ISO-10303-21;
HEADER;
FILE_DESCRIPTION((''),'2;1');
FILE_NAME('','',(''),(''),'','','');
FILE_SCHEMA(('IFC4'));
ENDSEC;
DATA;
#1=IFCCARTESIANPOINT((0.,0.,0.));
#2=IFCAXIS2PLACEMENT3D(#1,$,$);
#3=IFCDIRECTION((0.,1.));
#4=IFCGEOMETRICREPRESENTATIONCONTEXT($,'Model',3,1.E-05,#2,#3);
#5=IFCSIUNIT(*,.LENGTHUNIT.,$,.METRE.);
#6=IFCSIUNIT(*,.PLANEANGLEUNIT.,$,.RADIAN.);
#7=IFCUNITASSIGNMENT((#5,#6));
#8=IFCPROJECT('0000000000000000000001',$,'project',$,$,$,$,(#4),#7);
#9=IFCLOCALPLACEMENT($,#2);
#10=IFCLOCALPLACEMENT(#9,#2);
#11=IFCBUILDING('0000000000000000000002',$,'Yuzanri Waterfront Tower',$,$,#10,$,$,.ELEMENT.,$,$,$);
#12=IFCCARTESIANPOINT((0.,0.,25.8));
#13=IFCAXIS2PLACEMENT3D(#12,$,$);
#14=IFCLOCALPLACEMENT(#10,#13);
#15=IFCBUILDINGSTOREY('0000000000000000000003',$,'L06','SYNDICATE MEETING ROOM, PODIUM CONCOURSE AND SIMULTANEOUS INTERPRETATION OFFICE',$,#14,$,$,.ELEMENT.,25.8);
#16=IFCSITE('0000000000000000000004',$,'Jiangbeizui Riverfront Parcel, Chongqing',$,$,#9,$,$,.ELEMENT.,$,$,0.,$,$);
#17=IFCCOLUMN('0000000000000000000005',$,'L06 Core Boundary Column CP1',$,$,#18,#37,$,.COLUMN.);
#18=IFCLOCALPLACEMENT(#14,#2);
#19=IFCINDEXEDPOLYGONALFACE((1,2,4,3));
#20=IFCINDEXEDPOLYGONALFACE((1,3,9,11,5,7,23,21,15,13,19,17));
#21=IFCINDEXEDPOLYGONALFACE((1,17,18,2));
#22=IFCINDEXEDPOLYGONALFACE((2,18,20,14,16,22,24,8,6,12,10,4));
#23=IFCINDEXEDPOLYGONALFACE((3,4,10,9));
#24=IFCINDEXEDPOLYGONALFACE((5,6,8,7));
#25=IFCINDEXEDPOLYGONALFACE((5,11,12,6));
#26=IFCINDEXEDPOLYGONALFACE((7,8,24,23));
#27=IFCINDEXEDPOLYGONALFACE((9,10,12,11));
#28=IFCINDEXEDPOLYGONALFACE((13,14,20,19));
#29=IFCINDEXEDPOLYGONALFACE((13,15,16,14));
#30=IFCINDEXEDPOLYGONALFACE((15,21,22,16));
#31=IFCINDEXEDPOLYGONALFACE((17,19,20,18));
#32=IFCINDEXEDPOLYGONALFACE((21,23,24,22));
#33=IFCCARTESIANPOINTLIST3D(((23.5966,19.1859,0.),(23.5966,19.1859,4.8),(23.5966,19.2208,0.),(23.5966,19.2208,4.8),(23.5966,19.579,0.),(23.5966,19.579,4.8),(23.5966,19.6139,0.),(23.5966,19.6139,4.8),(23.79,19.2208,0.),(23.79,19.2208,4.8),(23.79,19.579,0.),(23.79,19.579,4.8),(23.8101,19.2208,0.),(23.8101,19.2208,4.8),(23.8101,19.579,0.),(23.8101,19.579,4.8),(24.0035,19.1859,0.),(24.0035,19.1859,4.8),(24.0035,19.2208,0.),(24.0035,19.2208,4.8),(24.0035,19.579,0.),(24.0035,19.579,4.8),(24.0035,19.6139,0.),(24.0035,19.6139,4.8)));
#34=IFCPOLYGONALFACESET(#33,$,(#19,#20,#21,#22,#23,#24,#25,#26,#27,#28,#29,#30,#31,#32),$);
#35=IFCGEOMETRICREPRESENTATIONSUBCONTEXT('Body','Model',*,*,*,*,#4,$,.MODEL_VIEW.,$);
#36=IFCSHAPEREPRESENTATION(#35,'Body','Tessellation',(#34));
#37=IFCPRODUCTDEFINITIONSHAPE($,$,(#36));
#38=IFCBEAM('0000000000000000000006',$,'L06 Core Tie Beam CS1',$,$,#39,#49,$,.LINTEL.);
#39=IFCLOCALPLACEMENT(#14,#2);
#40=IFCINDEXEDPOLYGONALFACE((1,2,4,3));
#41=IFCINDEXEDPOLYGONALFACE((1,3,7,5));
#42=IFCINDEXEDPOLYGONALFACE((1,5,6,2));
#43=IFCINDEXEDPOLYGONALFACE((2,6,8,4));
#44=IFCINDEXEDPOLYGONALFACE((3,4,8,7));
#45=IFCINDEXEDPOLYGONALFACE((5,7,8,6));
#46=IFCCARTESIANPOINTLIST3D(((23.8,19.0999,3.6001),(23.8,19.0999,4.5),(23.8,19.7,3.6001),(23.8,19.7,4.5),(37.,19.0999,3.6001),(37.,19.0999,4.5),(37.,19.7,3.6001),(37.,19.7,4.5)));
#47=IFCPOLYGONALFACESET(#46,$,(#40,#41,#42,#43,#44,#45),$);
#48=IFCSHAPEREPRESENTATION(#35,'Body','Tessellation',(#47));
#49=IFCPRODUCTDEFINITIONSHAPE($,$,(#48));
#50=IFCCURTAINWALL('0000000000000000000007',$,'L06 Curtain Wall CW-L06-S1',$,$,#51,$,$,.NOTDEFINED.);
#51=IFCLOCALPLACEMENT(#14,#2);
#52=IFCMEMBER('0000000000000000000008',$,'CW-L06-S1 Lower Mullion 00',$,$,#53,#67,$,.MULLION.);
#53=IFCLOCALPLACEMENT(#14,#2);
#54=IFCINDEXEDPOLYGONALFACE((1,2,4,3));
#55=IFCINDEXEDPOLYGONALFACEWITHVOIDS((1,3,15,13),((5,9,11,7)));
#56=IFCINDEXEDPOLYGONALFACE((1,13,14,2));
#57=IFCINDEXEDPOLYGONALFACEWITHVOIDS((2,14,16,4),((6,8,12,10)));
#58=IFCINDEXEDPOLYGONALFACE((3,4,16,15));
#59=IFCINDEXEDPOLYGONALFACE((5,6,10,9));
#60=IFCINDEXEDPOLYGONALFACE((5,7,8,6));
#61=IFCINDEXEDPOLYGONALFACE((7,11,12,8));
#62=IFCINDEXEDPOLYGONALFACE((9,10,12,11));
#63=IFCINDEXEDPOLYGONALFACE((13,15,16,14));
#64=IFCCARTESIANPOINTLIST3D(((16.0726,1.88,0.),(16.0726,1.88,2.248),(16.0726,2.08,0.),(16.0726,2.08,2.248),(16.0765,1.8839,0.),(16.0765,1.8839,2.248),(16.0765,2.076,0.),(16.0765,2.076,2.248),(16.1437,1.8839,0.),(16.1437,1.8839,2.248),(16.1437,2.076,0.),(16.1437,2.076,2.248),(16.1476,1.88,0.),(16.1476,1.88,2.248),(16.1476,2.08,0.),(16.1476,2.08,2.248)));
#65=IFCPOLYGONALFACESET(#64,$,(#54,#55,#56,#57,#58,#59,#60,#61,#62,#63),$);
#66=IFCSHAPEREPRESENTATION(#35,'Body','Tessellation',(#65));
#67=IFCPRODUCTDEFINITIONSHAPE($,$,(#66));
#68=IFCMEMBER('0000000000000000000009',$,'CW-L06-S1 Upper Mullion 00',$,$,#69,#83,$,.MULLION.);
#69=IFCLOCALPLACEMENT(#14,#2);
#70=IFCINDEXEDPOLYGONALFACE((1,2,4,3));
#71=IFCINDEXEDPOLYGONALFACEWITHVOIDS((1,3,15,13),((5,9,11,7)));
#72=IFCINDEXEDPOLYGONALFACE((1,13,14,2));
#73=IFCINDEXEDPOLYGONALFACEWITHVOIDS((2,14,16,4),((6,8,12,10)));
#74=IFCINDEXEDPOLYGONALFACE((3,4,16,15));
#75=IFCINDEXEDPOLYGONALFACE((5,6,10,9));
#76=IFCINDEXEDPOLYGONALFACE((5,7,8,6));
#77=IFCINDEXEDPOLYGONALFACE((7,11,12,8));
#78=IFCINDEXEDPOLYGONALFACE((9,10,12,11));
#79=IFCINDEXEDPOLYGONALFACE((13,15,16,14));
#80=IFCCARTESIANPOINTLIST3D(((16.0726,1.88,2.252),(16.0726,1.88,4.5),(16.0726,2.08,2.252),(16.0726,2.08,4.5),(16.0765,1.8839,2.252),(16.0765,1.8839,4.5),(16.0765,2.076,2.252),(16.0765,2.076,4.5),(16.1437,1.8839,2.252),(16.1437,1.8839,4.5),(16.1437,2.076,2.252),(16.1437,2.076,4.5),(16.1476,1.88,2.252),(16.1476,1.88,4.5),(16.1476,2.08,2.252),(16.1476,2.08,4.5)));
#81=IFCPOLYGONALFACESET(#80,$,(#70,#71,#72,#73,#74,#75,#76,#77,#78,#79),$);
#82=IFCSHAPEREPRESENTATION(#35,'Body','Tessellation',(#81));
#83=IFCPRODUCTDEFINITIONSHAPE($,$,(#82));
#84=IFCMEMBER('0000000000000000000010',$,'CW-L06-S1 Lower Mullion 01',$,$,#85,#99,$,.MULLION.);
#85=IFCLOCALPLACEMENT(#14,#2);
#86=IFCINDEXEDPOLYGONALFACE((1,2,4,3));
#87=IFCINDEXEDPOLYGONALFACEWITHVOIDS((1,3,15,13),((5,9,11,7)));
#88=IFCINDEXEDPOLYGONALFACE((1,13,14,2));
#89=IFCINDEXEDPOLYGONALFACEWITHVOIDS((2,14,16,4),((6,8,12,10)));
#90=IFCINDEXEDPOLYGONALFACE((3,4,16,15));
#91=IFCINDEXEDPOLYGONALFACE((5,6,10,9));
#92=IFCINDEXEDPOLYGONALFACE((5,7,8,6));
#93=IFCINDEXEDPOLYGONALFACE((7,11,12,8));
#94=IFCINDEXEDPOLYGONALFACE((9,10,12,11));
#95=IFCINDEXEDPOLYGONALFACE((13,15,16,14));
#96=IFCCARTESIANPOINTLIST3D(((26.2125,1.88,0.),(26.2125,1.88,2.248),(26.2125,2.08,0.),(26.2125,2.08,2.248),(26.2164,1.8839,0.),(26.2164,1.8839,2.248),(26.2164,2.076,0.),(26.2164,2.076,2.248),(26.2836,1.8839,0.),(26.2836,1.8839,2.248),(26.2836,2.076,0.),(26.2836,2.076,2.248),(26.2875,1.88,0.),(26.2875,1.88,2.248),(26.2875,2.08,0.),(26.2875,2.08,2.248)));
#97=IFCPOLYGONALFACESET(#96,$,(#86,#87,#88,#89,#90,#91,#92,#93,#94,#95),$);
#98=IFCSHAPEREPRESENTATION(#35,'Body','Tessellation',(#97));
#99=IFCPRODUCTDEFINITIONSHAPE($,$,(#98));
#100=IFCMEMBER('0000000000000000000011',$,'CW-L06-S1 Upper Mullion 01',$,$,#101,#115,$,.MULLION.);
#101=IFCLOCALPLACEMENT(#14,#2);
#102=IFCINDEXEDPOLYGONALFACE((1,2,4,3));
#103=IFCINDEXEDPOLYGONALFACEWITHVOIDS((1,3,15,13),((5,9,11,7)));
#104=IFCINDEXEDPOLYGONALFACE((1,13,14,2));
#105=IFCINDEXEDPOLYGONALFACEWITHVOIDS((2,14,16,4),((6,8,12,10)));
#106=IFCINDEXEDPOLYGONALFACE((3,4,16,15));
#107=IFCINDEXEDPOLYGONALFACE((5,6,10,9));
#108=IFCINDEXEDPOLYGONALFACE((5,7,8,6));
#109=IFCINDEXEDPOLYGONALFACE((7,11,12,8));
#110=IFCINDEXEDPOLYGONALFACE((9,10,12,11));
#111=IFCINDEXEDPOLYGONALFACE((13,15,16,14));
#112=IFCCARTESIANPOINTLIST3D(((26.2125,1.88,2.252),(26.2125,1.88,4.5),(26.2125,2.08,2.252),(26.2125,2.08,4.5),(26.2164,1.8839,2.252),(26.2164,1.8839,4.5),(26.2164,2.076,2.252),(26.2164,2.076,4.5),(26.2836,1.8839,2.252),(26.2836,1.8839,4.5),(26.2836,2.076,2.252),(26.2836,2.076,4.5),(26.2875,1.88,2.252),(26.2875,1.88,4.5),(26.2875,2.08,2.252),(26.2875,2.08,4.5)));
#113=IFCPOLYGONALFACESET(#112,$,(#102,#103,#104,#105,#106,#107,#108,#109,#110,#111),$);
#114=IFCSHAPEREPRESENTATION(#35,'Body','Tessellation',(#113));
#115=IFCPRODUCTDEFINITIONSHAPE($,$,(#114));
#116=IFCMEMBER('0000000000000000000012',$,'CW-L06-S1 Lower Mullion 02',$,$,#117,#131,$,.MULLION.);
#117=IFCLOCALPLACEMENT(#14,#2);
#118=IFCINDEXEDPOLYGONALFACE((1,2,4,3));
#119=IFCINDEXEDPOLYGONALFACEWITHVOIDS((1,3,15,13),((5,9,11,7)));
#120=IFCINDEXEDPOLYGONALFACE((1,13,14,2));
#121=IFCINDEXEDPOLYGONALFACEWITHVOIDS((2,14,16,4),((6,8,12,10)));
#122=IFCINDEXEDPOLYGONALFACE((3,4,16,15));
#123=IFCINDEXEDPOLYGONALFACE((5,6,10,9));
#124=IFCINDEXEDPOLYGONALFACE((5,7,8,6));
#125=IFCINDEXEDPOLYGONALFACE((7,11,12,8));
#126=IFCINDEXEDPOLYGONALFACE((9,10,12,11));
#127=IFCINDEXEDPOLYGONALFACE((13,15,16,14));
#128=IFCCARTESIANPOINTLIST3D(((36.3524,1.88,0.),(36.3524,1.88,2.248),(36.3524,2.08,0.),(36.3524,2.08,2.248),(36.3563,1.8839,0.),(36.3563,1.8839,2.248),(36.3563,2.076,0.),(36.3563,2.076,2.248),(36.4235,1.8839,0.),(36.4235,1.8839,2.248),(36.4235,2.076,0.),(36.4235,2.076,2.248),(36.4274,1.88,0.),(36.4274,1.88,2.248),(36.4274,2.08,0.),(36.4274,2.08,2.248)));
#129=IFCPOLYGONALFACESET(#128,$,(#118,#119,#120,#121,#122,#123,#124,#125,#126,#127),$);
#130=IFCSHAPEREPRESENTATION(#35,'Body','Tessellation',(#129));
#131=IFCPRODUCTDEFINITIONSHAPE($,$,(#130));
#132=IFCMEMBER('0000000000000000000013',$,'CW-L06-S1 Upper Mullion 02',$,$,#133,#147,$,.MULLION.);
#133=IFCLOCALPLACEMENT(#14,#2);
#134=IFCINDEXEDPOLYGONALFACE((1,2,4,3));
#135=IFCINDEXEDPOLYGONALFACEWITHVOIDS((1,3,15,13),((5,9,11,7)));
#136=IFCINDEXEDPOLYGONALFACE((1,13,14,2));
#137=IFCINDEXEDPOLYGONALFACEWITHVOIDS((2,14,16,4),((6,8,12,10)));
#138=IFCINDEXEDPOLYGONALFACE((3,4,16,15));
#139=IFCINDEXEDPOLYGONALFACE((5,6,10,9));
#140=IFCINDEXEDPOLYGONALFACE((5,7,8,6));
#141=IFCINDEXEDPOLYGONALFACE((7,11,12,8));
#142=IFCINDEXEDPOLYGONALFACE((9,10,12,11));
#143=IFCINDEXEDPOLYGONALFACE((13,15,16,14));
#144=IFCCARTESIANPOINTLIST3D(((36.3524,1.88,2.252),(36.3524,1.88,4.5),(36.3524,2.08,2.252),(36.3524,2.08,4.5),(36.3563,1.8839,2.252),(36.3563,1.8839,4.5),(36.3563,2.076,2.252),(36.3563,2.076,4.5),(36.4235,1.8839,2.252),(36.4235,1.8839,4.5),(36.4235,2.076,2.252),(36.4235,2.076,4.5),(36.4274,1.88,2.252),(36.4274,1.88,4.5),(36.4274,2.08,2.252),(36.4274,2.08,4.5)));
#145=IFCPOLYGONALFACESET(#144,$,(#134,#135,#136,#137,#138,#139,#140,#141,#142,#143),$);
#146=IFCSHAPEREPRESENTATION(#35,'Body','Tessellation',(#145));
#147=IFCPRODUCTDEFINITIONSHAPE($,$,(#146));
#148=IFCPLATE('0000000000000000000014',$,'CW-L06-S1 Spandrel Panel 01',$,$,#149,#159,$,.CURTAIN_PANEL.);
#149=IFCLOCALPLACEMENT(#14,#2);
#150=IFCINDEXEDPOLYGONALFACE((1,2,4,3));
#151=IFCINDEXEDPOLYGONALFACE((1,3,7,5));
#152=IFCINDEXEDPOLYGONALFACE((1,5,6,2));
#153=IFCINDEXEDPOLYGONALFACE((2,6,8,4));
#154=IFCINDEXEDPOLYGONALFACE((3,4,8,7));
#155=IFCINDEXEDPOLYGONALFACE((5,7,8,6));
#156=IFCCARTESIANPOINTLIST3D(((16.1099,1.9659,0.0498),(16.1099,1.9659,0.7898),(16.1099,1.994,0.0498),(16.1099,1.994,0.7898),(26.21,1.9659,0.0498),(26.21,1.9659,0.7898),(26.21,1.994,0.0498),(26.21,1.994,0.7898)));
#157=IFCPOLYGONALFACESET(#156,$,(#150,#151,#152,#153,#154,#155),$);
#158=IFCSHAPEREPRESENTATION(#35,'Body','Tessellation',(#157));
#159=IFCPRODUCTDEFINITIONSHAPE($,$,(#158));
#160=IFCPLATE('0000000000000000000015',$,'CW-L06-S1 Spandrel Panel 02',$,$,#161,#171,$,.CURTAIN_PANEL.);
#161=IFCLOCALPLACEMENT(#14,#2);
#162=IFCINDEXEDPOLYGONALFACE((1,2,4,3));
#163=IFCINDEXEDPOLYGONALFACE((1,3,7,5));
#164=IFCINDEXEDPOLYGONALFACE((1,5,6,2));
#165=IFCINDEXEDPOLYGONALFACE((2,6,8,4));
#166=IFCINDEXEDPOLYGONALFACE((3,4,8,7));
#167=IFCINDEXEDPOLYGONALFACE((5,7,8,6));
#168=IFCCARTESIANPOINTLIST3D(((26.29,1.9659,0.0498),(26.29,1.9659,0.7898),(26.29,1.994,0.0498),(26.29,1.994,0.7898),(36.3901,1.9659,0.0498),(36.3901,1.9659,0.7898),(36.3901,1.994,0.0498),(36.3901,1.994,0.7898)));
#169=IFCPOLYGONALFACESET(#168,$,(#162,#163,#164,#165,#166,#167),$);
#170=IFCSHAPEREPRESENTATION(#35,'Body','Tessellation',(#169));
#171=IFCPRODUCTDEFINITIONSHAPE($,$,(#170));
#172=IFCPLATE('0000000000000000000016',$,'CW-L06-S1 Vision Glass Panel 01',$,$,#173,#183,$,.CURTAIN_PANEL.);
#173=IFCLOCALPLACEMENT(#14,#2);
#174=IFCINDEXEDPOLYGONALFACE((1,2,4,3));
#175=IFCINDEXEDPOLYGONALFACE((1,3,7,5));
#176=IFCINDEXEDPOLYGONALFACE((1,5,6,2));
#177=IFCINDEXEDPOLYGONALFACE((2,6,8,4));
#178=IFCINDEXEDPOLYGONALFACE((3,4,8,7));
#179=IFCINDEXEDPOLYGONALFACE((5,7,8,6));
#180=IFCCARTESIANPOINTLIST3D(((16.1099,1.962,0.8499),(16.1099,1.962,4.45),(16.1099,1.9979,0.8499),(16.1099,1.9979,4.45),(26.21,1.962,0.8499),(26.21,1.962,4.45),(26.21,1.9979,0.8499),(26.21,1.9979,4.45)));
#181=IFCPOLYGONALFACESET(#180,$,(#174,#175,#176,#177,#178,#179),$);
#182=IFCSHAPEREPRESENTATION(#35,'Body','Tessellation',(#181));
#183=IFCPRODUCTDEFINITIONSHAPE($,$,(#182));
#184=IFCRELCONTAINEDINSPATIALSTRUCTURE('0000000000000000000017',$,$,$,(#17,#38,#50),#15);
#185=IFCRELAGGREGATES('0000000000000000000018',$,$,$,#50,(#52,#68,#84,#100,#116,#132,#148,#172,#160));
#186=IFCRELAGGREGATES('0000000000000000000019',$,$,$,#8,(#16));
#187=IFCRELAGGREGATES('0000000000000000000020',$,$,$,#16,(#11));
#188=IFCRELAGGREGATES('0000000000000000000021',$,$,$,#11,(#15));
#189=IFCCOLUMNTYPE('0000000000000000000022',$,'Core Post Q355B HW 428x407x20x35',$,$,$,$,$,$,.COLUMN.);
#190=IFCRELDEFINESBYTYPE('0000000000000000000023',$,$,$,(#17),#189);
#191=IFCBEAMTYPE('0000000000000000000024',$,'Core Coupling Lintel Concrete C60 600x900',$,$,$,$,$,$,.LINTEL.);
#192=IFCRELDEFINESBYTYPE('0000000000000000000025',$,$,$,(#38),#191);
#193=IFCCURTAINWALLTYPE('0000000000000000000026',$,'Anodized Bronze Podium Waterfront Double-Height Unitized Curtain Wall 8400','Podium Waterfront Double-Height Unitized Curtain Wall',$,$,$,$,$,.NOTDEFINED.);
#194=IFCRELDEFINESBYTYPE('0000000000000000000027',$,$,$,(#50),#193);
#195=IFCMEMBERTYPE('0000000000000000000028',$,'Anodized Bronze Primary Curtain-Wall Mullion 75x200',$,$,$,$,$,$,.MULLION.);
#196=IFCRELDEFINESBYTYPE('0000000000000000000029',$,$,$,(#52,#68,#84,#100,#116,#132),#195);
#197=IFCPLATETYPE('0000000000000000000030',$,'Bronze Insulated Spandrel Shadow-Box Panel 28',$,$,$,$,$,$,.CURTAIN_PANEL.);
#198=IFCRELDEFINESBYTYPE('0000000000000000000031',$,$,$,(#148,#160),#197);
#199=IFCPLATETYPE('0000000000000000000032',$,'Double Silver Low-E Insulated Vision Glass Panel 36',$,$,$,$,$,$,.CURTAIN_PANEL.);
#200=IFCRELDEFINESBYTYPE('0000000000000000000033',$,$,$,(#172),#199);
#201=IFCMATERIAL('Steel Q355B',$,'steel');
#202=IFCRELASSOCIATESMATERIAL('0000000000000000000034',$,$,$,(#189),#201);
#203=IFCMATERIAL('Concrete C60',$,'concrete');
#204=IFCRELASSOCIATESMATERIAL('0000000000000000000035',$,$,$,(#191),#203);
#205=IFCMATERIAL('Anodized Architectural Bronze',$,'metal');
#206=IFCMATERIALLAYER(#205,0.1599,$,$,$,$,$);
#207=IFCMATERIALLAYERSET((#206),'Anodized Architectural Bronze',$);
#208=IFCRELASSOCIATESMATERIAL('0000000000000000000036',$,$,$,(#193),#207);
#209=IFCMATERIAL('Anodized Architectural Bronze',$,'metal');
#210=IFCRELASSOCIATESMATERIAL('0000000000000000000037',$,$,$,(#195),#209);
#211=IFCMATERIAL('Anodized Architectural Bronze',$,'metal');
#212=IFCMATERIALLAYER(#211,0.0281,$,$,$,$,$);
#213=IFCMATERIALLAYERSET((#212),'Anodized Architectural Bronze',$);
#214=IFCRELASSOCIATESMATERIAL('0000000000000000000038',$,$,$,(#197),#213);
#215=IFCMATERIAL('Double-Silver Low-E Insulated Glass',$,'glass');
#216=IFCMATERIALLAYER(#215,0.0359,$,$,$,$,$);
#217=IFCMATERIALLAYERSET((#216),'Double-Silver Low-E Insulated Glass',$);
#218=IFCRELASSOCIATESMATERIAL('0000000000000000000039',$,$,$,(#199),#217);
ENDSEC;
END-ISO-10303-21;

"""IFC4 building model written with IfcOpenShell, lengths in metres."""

from ifc_helpers import new_model, si_unit, direction, frame, origin, origin_2d, place, context, subcontext, project, spatial, rectangle, hollow_rectangle, i_section, extrude, source, transform, mapped, material, layer, layer_set, material_profile, profile_set, type_object, element, aggregate, save


model = new_model("IFC4")

# Units and contexts
model_context = context("Model", 3, precision=1e-05, world=origin(), true_north=direction((0.0, 1.0)))
body_context = subcontext(model_context, "Body", "Model", "MODEL_VIEW")
ifc_project = project(units=[si_unit("LENGTHUNIT", "METRE"), si_unit("PLANEANGLEUNIT", "RADIAN")], contexts=[model_context])

# Site, building, storey
site_placement = place(None, origin())
site = spatial("IfcSite", under=ifc_project, at=site_placement, Name="Jiangbeizui Riverfront Parcel, Chongqing", CompositionType="ELEMENT", RefElevation=0.0)
building_placement = place(site_placement, origin())
building = spatial("IfcBuilding", under=site, at=building_placement, Name="Yuzanri Waterfront Tower", CompositionType="ELEMENT")
storey_placement = place(building_placement, frame((0.0, 0.0, 25.8)))
storey = spatial("IfcBuildingStorey", under=building, at=storey_placement, Name="L06", Description="SYNDICATE MEETING ROOM, PODIUM CONCOURSE AND SIMULTANEOUS INTERPRETATION OFFICE", CompositionType="ELEMENT", Elevation=25.8)

# Column
ifc_material_1 = material(Name="Steel Q355B", Category="steel")
ifc_material_profile_1 = material_profile(ifc_material_1, i_section(OverallWidth=0.407, OverallDepth=0.428, WebThickness=0.02, FlangeThickness=0.0349, at=origin_2d()), Name="HW 428x407x20x35")
ifc_profile_set_1 = profile_set([ifc_material_profile_1], Name="Steel Q355B")
column_type = type_object("IfcColumnType", Name="Core Post Q355B HW 428x407x20x35", PredefinedType="COLUMN", material=ifc_profile_set_1)
shared_shape_1 = source(origin(), body_context, "Body", "SweptSolid", [
    extrude(i_section(OverallWidth=0.407, OverallDepth=0.428, WebThickness=0.02, FlangeThickness=0.0349, at=origin_2d()), origin(), (0.0, 0.0, 1.0), 4.8),
])
column_placement = place(storey_placement, frame((23.8, 19.3999, 0.0), z_axis=(0.0, 0.0, 1.0), x_axis=(1.0, 0.0, 0.0)))
element("IfcColumn", 1, at=column_placement, inside=storey, type_object=column_type, Name="L06 Core Boundary Column CP1", PredefinedType="COLUMN", context=body_context, shape_type="MappedRepresentation", body=[
    mapped(shared_shape_1, transform((0.0, 0.0, 0.0), scale=1.0)),
])

# Beam
ifc_material_2 = material(Name="Concrete C60", Category="concrete")
ifc_material_profile_2 = material_profile(ifc_material_2, rectangle(XDim=0.6001, YDim=0.8999, at=origin_2d()), Name="RC 600x900")
ifc_profile_set_2 = profile_set([ifc_material_profile_2], Name="Concrete C60")
beam_type = type_object("IfcBeamType", Name="Core Coupling Lintel Concrete C60 600x900", PredefinedType="LINTEL", material=ifc_profile_set_2)
shared_shape_2 = source(origin(), body_context, "Body", "SweptSolid", [
    extrude(rectangle(XDim=0.6001, YDim=0.8999, at=origin_2d()), origin(), (0.0, 0.0, 1.0), 13.2),
])
beam_placement = place(storey_placement, frame((23.8, 19.3999, 4.05), z_axis=(1.0, 0.0, 0.0), x_axis=(0.0, 1.0, 0.0)))
element("IfcBeam", 2, at=beam_placement, inside=storey, type_object=beam_type, Name="L06 Core Tie Beam CS1", PredefinedType="LINTEL", context=body_context, shape_type="MappedRepresentation", body=[
    mapped(shared_shape_2, transform((0.0, 0.0, 0.0), scale=1.0)),
])

# Curtain wall, members, plates
ifc_material_3 = material(Name="Anodized Architectural Bronze", Category="metal")
ifc_layer_1 = layer(ifc_material_3, 0.1599)
ifc_layer_set_1 = layer_set([ifc_layer_1], Name="Anodized Architectural Bronze")
curtain_wall_type = type_object("IfcCurtainWallType", Name="Anodized Bronze Podium Waterfront Double-Height Unitized Curtain Wall 8400", Description="Podium Waterfront Double-Height Unitized Curtain Wall", PredefinedType="NOTDEFINED", material=ifc_layer_set_1)
curtain_wall_placement = place(storey_placement, origin())
curtain_wall = element("IfcCurtainWall", 3, at=curtain_wall_placement, inside=storey, type_object=curtain_wall_type, Name="L06 Curtain Wall CW-L06-S1", PredefinedType="NOTDEFINED")
ifc_material_4 = material(Name="Anodized Architectural Bronze", Category="metal")
ifc_material_profile_3 = material_profile(ifc_material_4, hollow_rectangle(XDim=0.075, YDim=0.2, WallThickness=0.0039, at=origin_2d()), Name="CWM 75x200")
ifc_profile_set_3 = profile_set([ifc_material_profile_3], Name="Anodized Architectural Bronze")
member_type = type_object("IfcMemberType", Name="Anodized Bronze Primary Curtain-Wall Mullion 75x200", PredefinedType="MULLION", material=ifc_profile_set_3)
shared_shape_3 = source(origin(), body_context, "Body", "SweptSolid", [
    extrude(hollow_rectangle(XDim=0.075, YDim=0.2, WallThickness=0.0039, at=origin_2d()), origin(), (0.0, 0.0, 1.0), 2.248),
])
member_1_placement = place(storey_placement, frame((16.1101, 1.98, 0.0), z_axis=(0.0, 0.0, 1.0), x_axis=(1.0, 0.0, 0.0)))
member_1 = element("IfcMember", 4, at=member_1_placement, type_object=member_type, Name="CW-L06-S1 Lower Mullion 00", PredefinedType="MULLION", context=body_context, shape_type="MappedRepresentation", body=[
    mapped(shared_shape_3, transform((0.0, 0.0, 0.0), scale=1.0)),
])
member_2_placement = place(storey_placement, frame((16.1101, 1.98, 2.252), z_axis=(0.0, 0.0, 1.0), x_axis=(1.0, 0.0, 0.0)))
member_2 = element("IfcMember", 5, at=member_2_placement, type_object=member_type, Name="CW-L06-S1 Upper Mullion 00", PredefinedType="MULLION", context=body_context, shape_type="MappedRepresentation", body=[
    mapped(shared_shape_3, transform((0.0, 0.0, 0.0), scale=1.0)),
])
member_3_placement = place(storey_placement, frame((26.25, 1.98, 0.0), z_axis=(0.0, 0.0, 1.0), x_axis=(1.0, 0.0, 0.0)))
member_3 = element("IfcMember", 6, at=member_3_placement, type_object=member_type, Name="CW-L06-S1 Lower Mullion 01", PredefinedType="MULLION", context=body_context, shape_type="MappedRepresentation", body=[
    mapped(shared_shape_3, transform((0.0, 0.0, 0.0), scale=1.0)),
])
member_4_placement = place(storey_placement, frame((26.25, 1.98, 2.252), z_axis=(0.0, 0.0, 1.0), x_axis=(1.0, 0.0, 0.0)))
member_4 = element("IfcMember", 7, at=member_4_placement, type_object=member_type, Name="CW-L06-S1 Upper Mullion 01", PredefinedType="MULLION", context=body_context, shape_type="MappedRepresentation", body=[
    mapped(shared_shape_3, transform((0.0, 0.0, 0.0), scale=1.0)),
])
member_5_placement = place(storey_placement, frame((36.3899, 1.98, 0.0), z_axis=(0.0, 0.0, 1.0), x_axis=(1.0, 0.0, 0.0)))
member_5 = element("IfcMember", 8, at=member_5_placement, type_object=member_type, Name="CW-L06-S1 Lower Mullion 02", PredefinedType="MULLION", context=body_context, shape_type="MappedRepresentation", body=[
    mapped(shared_shape_3, transform((0.0, 0.0, 0.0), scale=1.0)),
])
member_6_placement = place(storey_placement, frame((36.3899, 1.98, 2.252), z_axis=(0.0, 0.0, 1.0), x_axis=(1.0, 0.0, 0.0)))
member_6 = element("IfcMember", 9, at=member_6_placement, type_object=member_type, Name="CW-L06-S1 Upper Mullion 02", PredefinedType="MULLION", context=body_context, shape_type="MappedRepresentation", body=[
    mapped(shared_shape_3, transform((0.0, 0.0, 0.0), scale=1.0)),
])
ifc_material_5 = material(Name="Anodized Architectural Bronze", Category="metal")
ifc_layer_2 = layer(ifc_material_5, 0.0281)
ifc_layer_set_2 = layer_set([ifc_layer_2], Name="Anodized Architectural Bronze")
plate_type_1 = type_object("IfcPlateType", Name="Bronze Insulated Spandrel Shadow-Box Panel 28", PredefinedType="CURTAIN_PANEL", material=ifc_layer_set_2)
shared_shape_4 = source(origin(), body_context, "Body", "SweptSolid", [
    extrude(rectangle(XDim=10.1001, YDim=0.0281, at=origin_2d()), origin(), (0.0, 0.0, 1.0), 0.74),
])
plate_1_placement = place(storey_placement, frame((21.1599, 1.98, 0.0498), z_axis=(0.0, 0.0, 1.0), x_axis=(1.0, 0.0, 0.0)))
plate_1 = element("IfcPlate", 10, at=plate_1_placement, type_object=plate_type_1, Name="CW-L06-S1 Spandrel Panel 01", PredefinedType="CURTAIN_PANEL", context=body_context, shape_type="MappedRepresentation", body=[
    mapped(shared_shape_4, transform((0.0, 0.0, 0.0), scale=1.0)),
])
plate_2_placement = place(storey_placement, frame((31.3401, 1.98, 0.0498), z_axis=(0.0, 0.0, 1.0), x_axis=(1.0, 0.0, 0.0)))
plate_2 = element("IfcPlate", 11, at=plate_2_placement, type_object=plate_type_1, Name="CW-L06-S1 Spandrel Panel 02", PredefinedType="CURTAIN_PANEL", context=body_context, shape_type="MappedRepresentation", body=[
    mapped(shared_shape_4, transform((0.0, 0.0, 0.0), scale=1.0)),
])
ifc_material_6 = material(Name="Double-Silver Low-E Insulated Glass", Category="glass")
ifc_layer_3 = layer(ifc_material_6, 0.0359)
ifc_layer_set_3 = layer_set([ifc_layer_3], Name="Double-Silver Low-E Insulated Glass")
plate_type_2 = type_object("IfcPlateType", Name="Double Silver Low-E Insulated Vision Glass Panel 36", PredefinedType="CURTAIN_PANEL", material=ifc_layer_set_3)
shared_shape_5 = source(origin(), body_context, "Body", "SweptSolid", [
    extrude(rectangle(XDim=10.1001, YDim=0.0359, at=origin_2d()), origin(), (0.0, 0.0, 1.0), 3.6001),
])
plate_3_placement = place(storey_placement, frame((21.1599, 1.98, 0.8499), z_axis=(0.0, 0.0, 1.0), x_axis=(1.0, 0.0, 0.0)))
plate_3 = element("IfcPlate", 12, at=plate_3_placement, type_object=plate_type_2, Name="CW-L06-S1 Vision Glass Panel 01", PredefinedType="CURTAIN_PANEL", context=body_context, shape_type="MappedRepresentation", body=[
    mapped(shared_shape_5, transform((0.0, 0.0, 0.0), scale=1.0)),
])
aggregate(curtain_wall, [member_1, member_2, member_3, member_4, member_5, member_6, plate_1, plate_3, plate_2])

save(model, "model.ifc")
